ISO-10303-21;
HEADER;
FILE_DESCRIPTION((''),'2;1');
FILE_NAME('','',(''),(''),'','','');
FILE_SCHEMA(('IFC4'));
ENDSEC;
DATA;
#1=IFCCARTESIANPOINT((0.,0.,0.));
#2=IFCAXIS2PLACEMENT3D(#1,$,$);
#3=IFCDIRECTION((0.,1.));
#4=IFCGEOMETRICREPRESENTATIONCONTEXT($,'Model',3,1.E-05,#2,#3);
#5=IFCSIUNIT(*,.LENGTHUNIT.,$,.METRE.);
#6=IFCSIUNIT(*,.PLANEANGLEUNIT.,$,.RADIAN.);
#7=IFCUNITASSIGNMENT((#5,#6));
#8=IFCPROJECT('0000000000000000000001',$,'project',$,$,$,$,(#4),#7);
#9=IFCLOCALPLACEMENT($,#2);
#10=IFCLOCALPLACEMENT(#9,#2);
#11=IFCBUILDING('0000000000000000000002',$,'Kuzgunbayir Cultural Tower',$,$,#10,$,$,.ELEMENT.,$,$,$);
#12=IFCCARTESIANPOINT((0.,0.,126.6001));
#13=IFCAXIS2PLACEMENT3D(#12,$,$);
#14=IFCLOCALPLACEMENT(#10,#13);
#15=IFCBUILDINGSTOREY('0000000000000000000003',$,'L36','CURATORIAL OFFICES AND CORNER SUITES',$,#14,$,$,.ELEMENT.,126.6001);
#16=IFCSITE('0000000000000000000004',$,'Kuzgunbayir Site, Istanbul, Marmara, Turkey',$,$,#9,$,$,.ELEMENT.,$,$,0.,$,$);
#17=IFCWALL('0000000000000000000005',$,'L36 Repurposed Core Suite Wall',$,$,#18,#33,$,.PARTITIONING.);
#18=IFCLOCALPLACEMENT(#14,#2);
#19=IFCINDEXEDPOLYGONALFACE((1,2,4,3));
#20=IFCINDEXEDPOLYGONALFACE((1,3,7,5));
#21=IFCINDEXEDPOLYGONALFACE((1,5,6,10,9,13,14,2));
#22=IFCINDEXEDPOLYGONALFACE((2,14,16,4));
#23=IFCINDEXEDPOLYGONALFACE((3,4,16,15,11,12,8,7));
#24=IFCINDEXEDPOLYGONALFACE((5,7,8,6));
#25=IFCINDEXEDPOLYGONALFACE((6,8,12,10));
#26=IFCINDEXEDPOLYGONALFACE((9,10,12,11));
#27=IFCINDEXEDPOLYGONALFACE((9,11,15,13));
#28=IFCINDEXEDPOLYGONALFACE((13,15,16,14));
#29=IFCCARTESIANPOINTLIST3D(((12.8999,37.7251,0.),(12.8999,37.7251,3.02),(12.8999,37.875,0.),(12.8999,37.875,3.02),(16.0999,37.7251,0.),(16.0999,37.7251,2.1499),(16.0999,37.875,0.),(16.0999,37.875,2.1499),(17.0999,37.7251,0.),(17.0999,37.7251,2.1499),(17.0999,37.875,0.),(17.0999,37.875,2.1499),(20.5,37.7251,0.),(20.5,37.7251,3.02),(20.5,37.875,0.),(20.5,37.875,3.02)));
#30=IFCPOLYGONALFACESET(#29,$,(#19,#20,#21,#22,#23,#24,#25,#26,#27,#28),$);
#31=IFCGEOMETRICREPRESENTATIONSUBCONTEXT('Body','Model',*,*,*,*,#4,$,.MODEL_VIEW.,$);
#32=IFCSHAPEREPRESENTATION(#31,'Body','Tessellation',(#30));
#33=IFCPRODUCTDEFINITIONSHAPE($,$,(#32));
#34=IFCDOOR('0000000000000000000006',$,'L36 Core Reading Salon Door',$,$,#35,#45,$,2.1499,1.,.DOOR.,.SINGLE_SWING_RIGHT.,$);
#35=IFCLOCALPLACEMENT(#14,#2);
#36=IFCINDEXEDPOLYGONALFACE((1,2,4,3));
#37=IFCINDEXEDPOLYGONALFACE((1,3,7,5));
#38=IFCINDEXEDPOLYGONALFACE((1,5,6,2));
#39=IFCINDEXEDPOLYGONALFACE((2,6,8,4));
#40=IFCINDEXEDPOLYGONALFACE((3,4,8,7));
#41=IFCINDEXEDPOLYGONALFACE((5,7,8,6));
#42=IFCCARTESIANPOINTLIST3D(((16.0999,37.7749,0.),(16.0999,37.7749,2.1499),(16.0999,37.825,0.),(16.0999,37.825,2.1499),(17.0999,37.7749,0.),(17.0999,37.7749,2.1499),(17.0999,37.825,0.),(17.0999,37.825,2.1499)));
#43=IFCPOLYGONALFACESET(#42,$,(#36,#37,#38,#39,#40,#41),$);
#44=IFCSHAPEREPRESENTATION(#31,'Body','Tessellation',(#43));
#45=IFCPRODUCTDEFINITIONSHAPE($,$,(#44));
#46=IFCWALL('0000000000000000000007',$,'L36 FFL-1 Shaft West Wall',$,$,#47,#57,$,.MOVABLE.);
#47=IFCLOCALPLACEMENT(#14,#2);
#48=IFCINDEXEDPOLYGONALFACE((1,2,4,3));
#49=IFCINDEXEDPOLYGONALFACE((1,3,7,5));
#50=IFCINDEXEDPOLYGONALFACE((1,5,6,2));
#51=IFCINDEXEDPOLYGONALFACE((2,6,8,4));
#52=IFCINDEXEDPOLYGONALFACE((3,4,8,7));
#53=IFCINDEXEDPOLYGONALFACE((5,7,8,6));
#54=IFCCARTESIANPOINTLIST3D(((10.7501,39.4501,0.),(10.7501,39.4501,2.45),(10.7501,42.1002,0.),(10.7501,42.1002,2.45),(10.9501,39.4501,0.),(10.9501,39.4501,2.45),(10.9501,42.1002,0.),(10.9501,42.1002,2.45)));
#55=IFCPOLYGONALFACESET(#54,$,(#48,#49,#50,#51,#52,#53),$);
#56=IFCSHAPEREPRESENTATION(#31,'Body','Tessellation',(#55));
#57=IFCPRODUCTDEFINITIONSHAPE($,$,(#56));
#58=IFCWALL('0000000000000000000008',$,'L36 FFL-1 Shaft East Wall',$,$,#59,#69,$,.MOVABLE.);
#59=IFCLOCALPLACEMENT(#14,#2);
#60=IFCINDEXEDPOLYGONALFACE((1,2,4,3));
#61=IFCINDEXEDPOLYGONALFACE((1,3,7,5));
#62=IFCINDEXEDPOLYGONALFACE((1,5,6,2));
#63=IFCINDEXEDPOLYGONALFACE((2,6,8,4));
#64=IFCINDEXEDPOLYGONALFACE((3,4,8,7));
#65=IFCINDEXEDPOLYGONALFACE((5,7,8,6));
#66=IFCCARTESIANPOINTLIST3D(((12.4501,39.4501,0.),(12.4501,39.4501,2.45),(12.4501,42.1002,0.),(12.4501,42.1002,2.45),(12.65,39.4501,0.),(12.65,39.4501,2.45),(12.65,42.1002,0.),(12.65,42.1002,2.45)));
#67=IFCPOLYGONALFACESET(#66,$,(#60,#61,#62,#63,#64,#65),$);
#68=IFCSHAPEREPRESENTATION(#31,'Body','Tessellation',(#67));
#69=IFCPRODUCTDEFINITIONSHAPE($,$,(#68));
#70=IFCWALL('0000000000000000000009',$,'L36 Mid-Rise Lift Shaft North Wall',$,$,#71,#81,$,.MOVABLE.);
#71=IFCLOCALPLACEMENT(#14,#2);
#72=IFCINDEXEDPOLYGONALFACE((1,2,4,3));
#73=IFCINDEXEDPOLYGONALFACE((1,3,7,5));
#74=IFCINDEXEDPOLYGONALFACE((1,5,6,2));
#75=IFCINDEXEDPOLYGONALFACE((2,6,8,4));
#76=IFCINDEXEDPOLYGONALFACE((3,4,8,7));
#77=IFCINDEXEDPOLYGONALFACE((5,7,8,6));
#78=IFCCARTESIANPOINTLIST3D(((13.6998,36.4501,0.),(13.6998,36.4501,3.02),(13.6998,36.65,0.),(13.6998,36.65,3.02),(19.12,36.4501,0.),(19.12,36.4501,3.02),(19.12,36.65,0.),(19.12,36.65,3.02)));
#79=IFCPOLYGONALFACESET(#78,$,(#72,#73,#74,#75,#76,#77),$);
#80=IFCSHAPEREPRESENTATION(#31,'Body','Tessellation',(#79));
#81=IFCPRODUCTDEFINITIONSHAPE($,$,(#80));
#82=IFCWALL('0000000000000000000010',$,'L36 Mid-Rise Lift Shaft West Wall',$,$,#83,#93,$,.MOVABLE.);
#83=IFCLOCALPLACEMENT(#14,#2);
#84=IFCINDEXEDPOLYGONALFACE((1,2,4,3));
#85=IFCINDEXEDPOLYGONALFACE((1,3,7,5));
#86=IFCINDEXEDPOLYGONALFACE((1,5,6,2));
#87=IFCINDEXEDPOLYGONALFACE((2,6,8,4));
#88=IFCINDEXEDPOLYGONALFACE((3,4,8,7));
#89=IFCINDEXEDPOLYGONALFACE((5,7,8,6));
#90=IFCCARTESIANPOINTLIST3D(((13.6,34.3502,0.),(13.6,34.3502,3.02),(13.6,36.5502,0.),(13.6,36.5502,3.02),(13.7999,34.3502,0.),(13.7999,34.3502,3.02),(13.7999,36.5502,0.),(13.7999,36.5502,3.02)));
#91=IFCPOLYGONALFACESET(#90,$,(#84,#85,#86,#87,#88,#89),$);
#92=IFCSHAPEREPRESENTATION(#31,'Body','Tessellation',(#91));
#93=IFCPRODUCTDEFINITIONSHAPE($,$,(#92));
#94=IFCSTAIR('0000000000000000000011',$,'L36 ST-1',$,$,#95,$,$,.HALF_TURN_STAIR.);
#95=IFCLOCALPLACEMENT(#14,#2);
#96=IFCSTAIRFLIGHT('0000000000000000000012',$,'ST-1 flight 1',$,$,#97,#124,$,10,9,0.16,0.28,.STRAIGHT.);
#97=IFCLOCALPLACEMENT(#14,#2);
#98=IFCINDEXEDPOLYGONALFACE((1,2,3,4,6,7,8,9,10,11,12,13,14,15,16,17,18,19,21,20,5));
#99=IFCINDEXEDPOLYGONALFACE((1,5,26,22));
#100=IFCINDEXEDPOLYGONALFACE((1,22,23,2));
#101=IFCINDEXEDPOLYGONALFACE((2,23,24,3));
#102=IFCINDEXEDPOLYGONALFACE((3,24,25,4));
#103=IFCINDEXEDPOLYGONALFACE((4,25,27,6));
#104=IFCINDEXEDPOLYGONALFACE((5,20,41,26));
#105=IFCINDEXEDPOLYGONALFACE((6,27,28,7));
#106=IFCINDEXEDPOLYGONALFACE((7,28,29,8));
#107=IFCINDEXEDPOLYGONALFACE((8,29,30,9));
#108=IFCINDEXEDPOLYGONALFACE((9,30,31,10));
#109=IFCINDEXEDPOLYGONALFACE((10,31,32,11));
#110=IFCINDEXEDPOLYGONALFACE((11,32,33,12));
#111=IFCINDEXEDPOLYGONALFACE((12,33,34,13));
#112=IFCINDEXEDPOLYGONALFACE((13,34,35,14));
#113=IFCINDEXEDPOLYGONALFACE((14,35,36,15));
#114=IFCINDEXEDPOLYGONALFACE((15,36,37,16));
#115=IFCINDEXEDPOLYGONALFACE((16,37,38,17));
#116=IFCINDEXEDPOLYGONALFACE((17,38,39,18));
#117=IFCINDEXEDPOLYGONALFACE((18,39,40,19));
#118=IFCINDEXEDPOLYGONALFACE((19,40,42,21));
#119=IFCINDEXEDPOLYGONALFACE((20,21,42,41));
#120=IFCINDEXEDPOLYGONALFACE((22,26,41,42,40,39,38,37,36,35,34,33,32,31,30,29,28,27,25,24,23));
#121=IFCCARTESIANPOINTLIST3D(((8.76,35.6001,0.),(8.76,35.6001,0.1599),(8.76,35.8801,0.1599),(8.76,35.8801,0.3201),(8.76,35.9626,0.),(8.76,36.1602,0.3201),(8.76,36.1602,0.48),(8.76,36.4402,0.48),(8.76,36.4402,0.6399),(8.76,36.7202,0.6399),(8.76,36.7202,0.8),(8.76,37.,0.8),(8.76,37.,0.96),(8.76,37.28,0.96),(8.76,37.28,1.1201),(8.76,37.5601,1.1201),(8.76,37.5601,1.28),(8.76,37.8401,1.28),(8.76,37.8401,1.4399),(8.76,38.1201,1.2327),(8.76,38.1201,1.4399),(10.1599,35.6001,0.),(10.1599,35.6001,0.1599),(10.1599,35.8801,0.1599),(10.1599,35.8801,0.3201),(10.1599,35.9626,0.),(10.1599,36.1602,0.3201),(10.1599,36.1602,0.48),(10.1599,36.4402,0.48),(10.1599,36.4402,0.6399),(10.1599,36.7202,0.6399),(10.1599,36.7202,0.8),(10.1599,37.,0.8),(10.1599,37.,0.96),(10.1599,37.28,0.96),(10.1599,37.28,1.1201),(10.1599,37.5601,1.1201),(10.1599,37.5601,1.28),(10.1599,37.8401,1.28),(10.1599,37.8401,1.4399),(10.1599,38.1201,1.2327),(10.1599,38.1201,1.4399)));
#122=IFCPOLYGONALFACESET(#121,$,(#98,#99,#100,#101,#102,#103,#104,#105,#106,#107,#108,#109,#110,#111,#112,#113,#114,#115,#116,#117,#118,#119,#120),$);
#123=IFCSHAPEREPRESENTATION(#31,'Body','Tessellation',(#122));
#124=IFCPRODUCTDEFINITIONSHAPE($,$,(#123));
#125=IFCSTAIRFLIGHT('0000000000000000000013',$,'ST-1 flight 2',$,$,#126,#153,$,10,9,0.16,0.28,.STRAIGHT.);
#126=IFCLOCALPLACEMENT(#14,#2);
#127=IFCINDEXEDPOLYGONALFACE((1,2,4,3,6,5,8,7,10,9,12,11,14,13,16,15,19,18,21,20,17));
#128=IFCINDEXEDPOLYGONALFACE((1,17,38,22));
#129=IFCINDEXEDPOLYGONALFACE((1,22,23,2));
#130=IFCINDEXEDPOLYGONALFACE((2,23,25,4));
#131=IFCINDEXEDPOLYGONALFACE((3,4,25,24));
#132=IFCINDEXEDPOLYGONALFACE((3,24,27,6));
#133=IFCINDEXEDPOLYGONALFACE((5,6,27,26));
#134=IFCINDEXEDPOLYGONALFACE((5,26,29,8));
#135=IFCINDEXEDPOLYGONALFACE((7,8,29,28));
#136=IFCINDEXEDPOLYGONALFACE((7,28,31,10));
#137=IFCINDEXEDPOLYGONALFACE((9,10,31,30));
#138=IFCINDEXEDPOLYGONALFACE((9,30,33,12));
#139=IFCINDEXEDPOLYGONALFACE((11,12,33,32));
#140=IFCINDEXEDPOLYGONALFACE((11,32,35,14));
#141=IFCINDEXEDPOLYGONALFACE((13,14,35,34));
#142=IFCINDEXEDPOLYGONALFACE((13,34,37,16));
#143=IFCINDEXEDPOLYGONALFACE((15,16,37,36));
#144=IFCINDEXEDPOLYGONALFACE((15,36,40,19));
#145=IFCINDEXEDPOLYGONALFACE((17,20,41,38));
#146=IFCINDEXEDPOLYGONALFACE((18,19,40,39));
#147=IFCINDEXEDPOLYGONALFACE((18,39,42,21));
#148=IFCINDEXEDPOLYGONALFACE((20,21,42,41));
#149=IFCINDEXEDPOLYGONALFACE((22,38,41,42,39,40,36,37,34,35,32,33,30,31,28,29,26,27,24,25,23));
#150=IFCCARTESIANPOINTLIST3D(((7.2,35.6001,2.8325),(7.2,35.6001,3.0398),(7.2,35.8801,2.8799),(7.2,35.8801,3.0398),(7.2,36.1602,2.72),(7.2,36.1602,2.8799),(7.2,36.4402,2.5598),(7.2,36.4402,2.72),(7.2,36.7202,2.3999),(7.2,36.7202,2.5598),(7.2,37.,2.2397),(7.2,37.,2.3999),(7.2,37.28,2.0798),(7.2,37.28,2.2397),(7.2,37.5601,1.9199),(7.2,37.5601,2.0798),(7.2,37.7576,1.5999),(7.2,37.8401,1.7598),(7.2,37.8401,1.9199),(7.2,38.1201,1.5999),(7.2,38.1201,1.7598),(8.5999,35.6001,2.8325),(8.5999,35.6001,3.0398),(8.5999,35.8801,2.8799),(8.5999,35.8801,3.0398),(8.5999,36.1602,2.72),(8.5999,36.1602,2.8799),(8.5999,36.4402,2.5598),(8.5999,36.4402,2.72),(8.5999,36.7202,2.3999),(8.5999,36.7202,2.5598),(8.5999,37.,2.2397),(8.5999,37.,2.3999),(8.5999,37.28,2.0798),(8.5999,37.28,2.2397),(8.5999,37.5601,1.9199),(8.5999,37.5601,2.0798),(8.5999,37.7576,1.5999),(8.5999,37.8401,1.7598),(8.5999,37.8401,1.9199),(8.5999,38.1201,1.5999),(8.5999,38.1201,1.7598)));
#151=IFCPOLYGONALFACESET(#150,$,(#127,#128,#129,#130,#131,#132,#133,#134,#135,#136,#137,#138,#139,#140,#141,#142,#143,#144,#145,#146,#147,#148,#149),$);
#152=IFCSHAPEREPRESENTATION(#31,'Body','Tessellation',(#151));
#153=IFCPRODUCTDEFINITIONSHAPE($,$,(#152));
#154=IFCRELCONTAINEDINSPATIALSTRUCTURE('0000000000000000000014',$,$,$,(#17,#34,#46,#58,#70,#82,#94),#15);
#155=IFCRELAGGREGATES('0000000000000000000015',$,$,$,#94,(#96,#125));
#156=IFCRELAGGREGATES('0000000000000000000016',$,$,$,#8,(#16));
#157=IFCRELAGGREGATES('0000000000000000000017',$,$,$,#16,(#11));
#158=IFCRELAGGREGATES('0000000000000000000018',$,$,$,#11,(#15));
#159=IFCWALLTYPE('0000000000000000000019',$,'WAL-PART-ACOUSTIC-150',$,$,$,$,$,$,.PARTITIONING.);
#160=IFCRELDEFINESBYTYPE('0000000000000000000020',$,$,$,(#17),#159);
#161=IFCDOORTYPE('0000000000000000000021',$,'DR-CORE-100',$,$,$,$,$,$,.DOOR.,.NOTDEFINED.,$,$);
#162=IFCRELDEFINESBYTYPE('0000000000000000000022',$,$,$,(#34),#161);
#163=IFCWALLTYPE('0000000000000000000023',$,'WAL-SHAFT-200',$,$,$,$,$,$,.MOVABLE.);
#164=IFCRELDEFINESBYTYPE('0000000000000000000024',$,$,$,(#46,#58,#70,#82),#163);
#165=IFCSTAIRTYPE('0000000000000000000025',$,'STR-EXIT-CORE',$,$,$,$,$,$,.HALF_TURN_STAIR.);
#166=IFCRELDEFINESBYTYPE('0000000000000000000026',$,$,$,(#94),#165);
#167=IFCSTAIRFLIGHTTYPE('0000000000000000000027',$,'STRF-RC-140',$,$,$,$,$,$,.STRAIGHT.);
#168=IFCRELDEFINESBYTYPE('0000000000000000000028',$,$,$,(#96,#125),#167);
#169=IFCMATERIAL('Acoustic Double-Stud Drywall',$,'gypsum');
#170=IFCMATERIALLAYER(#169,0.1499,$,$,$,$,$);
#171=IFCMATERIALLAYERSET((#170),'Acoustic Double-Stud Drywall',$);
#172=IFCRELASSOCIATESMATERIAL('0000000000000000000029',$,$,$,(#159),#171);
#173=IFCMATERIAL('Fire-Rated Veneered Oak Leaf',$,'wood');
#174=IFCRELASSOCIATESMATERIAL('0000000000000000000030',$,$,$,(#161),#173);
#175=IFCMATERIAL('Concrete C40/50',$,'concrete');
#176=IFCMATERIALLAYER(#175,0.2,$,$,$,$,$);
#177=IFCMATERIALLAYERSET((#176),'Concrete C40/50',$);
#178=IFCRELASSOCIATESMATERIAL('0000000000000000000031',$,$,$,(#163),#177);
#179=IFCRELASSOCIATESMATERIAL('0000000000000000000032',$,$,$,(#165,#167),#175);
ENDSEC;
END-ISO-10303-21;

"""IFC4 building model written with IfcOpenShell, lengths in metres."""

from ifc_helpers import new_model, si_unit, direction, frame, frame_2d, origin, place, context, subcontext, project, spatial, polyline, rectangle, outline, extrude, material, layer, layer_set, type_object, element, fill, aggregate, save


model = new_model("IFC4")

# Units and contexts
model_context = context("Model", 3, precision=1e-05, world=origin(), true_north=direction((0.0, 1.0)))
body_context = subcontext(model_context, "Body", "Model", "MODEL_VIEW")
ifc_project = project(units=[si_unit("LENGTHUNIT", "METRE"), si_unit("PLANEANGLEUNIT", "RADIAN")], contexts=[model_context])

# Site, building, storey
site_placement = place(None, origin())
site = spatial("IfcSite", under=ifc_project, at=site_placement, Name="Kuzgunbayir Site, Istanbul, Marmara, Turkey", CompositionType="ELEMENT", RefElevation=0.0)
building_placement = place(site_placement, origin())
building = spatial("IfcBuilding", under=site, at=building_placement, Name="Kuzgunbayir Cultural Tower", CompositionType="ELEMENT")
storey_placement = place(building_placement, frame((0.0, 0.0, 126.6001)))
storey = spatial("IfcBuildingStorey", under=building, at=storey_placement, Name="L36", Description="CURATORIAL OFFICES AND CORNER SUITES", CompositionType="ELEMENT", Elevation=126.6001)

# Wall, opening, door
ifc_material_1 = material(Name="Acoustic Double-Stud Drywall", Category="gypsum")
ifc_layer_1 = layer(ifc_material_1, 0.1499)
ifc_layer_set_1 = layer_set([ifc_layer_1], Name="Acoustic Double-Stud Drywall")
wall_type_1 = type_object("IfcWallType", Name="WAL-PART-ACOUSTIC-150", PredefinedType="PARTITIONING", material=ifc_layer_set_1)
wall_1_placement = place(storey_placement, frame((12.8999, 37.8, 0.0), z_axis=(0.0, 0.0, 1.0), x_axis=(1.0, 0.0, 0.0)))
wall_1 = element("IfcWall", 1, at=wall_1_placement, inside=storey, type_object=wall_type_1, Name="L36 Repurposed Core Suite Wall", PredefinedType="PARTITIONING", context=body_context, shape_type="SweptSolid", body=[
    extrude(rectangle(XDim=7.6001, YDim=0.1499, at=frame_2d((3.8, 0.0))), origin(), (0.0, 0.0, 1.0), 3.02),
])
opening_1_placement = place(wall_1_placement, frame((3.2, 0.0, 0.0)))
opening_1 = element("IfcOpeningElement", 2, at=opening_1_placement, cuts=wall_1, PredefinedType="OPENING", context=body_context, shape_type="SweptSolid", body=[
    extrude(rectangle(XDim=1.0, YDim=2.1499, at=frame_2d((0.5, 1.075))), frame((0.0, 0.085, 0.0), z_axis=(0.0, -1.0, 0.0), x_axis=(1.0, 0.0, 0.0)), (0.0, 0.0, 1.0), 0.1699),
])
ifc_material_2 = material(Name="Fire-Rated Veneered Oak Leaf", Category="wood")
door_type_1 = type_object("IfcDoorType", Name="DR-CORE-100", OperationType="NOTDEFINED", PredefinedType="DOOR", material=ifc_material_2)
door_1_placement = place(opening_1_placement, origin())
door_1 = element("IfcDoor", 3, at=door_1_placement, inside=storey, type_object=door_type_1, Name="L36 Core Reading Salon Door", OperationType="SINGLE_SWING_RIGHT", OverallHeight=2.1499, OverallWidth=1.0, PredefinedType="DOOR", context=body_context, shape_type="SweptSolid", body=[
    extrude(rectangle(XDim=1.0, YDim=2.1499, at=frame_2d((0.5, 1.075))), frame((0.0, 0.0249, 0.0), z_axis=(0.0, -1.0, 0.0), x_axis=(1.0, 0.0, 0.0)), (0.0, 0.0, 1.0), 0.05),
])
fill(opening_1, door_1)
ifc_material_3 = material(Name="Concrete C40/50", Category="concrete")
ifc_layer_2 = layer(ifc_material_3, 0.2)
ifc_layer_set_2 = layer_set([ifc_layer_2], Name="Concrete C40/50")
wall_type_2 = type_object("IfcWallType", Name="WAL-SHAFT-200", PredefinedType="MOVABLE", material=ifc_layer_set_2)

# Walls
for number, where, z_axis, x_axis, name in (
    (4, (10.8501, 39.45, 0.0), (0.0, 0.0, 1.0), (0.0, 1.0, 0.0), "L36 FFL-1 Shaft West Wall"),
    (5, (12.55, 39.45, 0.0), (0.0, 0.0, 1.0), (0.0, 1.0, 0.0), "L36 FFL-1 Shaft East Wall"),
):
    element("IfcWall", number, at=place(storey_placement, frame(where, z_axis=z_axis, x_axis=x_axis)), inside=storey, type_object=wall_type_2, Name=name, PredefinedType="MOVABLE", context=body_context, shape_type="SweptSolid", body=[
        extrude(rectangle(XDim=2.6501, YDim=0.2, at=frame_2d((1.3252, 0.0))), origin(), (0.0, 0.0, 1.0), 2.45),
    ])
wall_2_placement = place(storey_placement, frame((13.7, 36.55, 0.0), z_axis=(0.0, 0.0, 1.0), x_axis=(1.0, 0.0, 0.0)))
element("IfcWall", 6, at=wall_2_placement, inside=storey, type_object=wall_type_2, Name="L36 Mid-Rise Lift Shaft North Wall", PredefinedType="MOVABLE", context=body_context, shape_type="SweptSolid", body=[
    extrude(rectangle(XDim=5.4202, YDim=0.2, at=frame_2d((2.71, 0.0))), origin(), (0.0, 0.0, 1.0), 3.02),
])
wall_3_placement = place(storey_placement, frame((13.7, 34.3501, 0.0), z_axis=(0.0, 0.0, 1.0), x_axis=(0.0, 1.0, 0.0)))
element("IfcWall", 7, at=wall_3_placement, inside=storey, type_object=wall_type_2, Name="L36 Mid-Rise Lift Shaft West Wall", PredefinedType="MOVABLE", context=body_context, shape_type="SweptSolid", body=[
    extrude(rectangle(XDim=2.2, YDim=0.2, at=frame_2d((1.1001, 0.0))), origin(), (0.0, 0.0, 1.0), 3.02),
])

# Stair, stair flights
stair_type = type_object("IfcStairType", Name="STR-EXIT-CORE", PredefinedType="HALF_TURN_STAIR", material=ifc_material_3)
stair_placement = place(storey_placement, origin())
stair = element("IfcStair", 8, at=stair_placement, inside=storey, type_object=stair_type, Name="L36 ST-1", PredefinedType="HALF_TURN_STAIR")
stair_flight_type = type_object("IfcStairFlightType", Name="STRF-RC-140", PredefinedType="STRAIGHT", material=ifc_material_3)
stair_flight_1_placement = place(storey_placement, frame((9.46, 35.6001, 0.0), z_axis=(0.0, 0.0, 1.0), x_axis=(0.0, 1.0, 0.0)))
stair_flight_1 = element("IfcStairFlight", 9, at=stair_flight_1_placement, type_object=stair_flight_type, Name="ST-1 flight 1", NumberOfRisers=10, NumberOfTreads=9, PredefinedType="STRAIGHT", RiserHeight=0.16, TreadLength=0.28, context=body_context, shape_type="SweptSolid", body=[
    extrude(outline(polyline([(0.0, 0.0), (0.0, 0.1599), (0.28, 0.1599), (0.28, 0.3201), (0.5601, 0.3201), (0.5601, 0.48), (0.8401, 0.48), (0.8401, 0.6399), (1.1201, 0.6399), (1.1201, 0.8), (1.3999, 0.8), (1.3999, 0.96), (1.6799, 0.96), (1.6799, 1.1201), (1.96, 1.1201), (1.96, 1.28), (2.24, 1.28), (2.24, 1.4399), (2.52, 1.4399), (2.52, 1.6001), (2.52, 1.2327), (0.3625, 0.0), (0.0, 0.0)])), frame((0.0, 0.7, 0.0), z_axis=(0.0, -1.0, 0.0), x_axis=(1.0, 0.0, 0.0)), (0.0, 0.0, 1.0), 1.3999),
])
stair_flight_2_placement = place(storey_placement, frame((7.8999, 38.1201, 1.5999), z_axis=(0.0, 0.0, 1.0), x_axis=(0.0, -1.0, 0.0)))
stair_flight_2 = element("IfcStairFlight", 10, at=stair_flight_2_placement, type_object=stair_flight_type, Name="ST-1 flight 2", NumberOfRisers=10, NumberOfTreads=9, PredefinedType="STRAIGHT", RiserHeight=0.16, TreadLength=0.28, context=body_context, shape_type="SweptSolid", body=[
    extrude(outline(polyline([(0.0, 0.0), (0.0, 0.1599), (0.28, 0.1599), (0.28, 0.3201), (0.5601, 0.3201), (0.5601, 0.48), (0.8401, 0.48), (0.8401, 0.6399), (1.1201, 0.6399), (1.1201, 0.8), (1.3999, 0.8), (1.3999, 0.96), (1.6799, 0.96), (1.6799, 1.1201), (1.96, 1.1201), (1.96, 1.28), (2.24, 1.28), (2.24, 1.4399), (2.52, 1.4399), (2.52, 1.6001), (2.52, 1.2327), (0.3625, 0.0), (0.0, 0.0)])), frame((0.0, 0.7, 0.0), z_axis=(0.0, -1.0, 0.0), x_axis=(1.0, 0.0, 0.0)), (0.0, 0.0, 1.0), 1.3999),
])
aggregate(stair, [stair_flight_1, stair_flight_2])

save(model, "model.ifc")
